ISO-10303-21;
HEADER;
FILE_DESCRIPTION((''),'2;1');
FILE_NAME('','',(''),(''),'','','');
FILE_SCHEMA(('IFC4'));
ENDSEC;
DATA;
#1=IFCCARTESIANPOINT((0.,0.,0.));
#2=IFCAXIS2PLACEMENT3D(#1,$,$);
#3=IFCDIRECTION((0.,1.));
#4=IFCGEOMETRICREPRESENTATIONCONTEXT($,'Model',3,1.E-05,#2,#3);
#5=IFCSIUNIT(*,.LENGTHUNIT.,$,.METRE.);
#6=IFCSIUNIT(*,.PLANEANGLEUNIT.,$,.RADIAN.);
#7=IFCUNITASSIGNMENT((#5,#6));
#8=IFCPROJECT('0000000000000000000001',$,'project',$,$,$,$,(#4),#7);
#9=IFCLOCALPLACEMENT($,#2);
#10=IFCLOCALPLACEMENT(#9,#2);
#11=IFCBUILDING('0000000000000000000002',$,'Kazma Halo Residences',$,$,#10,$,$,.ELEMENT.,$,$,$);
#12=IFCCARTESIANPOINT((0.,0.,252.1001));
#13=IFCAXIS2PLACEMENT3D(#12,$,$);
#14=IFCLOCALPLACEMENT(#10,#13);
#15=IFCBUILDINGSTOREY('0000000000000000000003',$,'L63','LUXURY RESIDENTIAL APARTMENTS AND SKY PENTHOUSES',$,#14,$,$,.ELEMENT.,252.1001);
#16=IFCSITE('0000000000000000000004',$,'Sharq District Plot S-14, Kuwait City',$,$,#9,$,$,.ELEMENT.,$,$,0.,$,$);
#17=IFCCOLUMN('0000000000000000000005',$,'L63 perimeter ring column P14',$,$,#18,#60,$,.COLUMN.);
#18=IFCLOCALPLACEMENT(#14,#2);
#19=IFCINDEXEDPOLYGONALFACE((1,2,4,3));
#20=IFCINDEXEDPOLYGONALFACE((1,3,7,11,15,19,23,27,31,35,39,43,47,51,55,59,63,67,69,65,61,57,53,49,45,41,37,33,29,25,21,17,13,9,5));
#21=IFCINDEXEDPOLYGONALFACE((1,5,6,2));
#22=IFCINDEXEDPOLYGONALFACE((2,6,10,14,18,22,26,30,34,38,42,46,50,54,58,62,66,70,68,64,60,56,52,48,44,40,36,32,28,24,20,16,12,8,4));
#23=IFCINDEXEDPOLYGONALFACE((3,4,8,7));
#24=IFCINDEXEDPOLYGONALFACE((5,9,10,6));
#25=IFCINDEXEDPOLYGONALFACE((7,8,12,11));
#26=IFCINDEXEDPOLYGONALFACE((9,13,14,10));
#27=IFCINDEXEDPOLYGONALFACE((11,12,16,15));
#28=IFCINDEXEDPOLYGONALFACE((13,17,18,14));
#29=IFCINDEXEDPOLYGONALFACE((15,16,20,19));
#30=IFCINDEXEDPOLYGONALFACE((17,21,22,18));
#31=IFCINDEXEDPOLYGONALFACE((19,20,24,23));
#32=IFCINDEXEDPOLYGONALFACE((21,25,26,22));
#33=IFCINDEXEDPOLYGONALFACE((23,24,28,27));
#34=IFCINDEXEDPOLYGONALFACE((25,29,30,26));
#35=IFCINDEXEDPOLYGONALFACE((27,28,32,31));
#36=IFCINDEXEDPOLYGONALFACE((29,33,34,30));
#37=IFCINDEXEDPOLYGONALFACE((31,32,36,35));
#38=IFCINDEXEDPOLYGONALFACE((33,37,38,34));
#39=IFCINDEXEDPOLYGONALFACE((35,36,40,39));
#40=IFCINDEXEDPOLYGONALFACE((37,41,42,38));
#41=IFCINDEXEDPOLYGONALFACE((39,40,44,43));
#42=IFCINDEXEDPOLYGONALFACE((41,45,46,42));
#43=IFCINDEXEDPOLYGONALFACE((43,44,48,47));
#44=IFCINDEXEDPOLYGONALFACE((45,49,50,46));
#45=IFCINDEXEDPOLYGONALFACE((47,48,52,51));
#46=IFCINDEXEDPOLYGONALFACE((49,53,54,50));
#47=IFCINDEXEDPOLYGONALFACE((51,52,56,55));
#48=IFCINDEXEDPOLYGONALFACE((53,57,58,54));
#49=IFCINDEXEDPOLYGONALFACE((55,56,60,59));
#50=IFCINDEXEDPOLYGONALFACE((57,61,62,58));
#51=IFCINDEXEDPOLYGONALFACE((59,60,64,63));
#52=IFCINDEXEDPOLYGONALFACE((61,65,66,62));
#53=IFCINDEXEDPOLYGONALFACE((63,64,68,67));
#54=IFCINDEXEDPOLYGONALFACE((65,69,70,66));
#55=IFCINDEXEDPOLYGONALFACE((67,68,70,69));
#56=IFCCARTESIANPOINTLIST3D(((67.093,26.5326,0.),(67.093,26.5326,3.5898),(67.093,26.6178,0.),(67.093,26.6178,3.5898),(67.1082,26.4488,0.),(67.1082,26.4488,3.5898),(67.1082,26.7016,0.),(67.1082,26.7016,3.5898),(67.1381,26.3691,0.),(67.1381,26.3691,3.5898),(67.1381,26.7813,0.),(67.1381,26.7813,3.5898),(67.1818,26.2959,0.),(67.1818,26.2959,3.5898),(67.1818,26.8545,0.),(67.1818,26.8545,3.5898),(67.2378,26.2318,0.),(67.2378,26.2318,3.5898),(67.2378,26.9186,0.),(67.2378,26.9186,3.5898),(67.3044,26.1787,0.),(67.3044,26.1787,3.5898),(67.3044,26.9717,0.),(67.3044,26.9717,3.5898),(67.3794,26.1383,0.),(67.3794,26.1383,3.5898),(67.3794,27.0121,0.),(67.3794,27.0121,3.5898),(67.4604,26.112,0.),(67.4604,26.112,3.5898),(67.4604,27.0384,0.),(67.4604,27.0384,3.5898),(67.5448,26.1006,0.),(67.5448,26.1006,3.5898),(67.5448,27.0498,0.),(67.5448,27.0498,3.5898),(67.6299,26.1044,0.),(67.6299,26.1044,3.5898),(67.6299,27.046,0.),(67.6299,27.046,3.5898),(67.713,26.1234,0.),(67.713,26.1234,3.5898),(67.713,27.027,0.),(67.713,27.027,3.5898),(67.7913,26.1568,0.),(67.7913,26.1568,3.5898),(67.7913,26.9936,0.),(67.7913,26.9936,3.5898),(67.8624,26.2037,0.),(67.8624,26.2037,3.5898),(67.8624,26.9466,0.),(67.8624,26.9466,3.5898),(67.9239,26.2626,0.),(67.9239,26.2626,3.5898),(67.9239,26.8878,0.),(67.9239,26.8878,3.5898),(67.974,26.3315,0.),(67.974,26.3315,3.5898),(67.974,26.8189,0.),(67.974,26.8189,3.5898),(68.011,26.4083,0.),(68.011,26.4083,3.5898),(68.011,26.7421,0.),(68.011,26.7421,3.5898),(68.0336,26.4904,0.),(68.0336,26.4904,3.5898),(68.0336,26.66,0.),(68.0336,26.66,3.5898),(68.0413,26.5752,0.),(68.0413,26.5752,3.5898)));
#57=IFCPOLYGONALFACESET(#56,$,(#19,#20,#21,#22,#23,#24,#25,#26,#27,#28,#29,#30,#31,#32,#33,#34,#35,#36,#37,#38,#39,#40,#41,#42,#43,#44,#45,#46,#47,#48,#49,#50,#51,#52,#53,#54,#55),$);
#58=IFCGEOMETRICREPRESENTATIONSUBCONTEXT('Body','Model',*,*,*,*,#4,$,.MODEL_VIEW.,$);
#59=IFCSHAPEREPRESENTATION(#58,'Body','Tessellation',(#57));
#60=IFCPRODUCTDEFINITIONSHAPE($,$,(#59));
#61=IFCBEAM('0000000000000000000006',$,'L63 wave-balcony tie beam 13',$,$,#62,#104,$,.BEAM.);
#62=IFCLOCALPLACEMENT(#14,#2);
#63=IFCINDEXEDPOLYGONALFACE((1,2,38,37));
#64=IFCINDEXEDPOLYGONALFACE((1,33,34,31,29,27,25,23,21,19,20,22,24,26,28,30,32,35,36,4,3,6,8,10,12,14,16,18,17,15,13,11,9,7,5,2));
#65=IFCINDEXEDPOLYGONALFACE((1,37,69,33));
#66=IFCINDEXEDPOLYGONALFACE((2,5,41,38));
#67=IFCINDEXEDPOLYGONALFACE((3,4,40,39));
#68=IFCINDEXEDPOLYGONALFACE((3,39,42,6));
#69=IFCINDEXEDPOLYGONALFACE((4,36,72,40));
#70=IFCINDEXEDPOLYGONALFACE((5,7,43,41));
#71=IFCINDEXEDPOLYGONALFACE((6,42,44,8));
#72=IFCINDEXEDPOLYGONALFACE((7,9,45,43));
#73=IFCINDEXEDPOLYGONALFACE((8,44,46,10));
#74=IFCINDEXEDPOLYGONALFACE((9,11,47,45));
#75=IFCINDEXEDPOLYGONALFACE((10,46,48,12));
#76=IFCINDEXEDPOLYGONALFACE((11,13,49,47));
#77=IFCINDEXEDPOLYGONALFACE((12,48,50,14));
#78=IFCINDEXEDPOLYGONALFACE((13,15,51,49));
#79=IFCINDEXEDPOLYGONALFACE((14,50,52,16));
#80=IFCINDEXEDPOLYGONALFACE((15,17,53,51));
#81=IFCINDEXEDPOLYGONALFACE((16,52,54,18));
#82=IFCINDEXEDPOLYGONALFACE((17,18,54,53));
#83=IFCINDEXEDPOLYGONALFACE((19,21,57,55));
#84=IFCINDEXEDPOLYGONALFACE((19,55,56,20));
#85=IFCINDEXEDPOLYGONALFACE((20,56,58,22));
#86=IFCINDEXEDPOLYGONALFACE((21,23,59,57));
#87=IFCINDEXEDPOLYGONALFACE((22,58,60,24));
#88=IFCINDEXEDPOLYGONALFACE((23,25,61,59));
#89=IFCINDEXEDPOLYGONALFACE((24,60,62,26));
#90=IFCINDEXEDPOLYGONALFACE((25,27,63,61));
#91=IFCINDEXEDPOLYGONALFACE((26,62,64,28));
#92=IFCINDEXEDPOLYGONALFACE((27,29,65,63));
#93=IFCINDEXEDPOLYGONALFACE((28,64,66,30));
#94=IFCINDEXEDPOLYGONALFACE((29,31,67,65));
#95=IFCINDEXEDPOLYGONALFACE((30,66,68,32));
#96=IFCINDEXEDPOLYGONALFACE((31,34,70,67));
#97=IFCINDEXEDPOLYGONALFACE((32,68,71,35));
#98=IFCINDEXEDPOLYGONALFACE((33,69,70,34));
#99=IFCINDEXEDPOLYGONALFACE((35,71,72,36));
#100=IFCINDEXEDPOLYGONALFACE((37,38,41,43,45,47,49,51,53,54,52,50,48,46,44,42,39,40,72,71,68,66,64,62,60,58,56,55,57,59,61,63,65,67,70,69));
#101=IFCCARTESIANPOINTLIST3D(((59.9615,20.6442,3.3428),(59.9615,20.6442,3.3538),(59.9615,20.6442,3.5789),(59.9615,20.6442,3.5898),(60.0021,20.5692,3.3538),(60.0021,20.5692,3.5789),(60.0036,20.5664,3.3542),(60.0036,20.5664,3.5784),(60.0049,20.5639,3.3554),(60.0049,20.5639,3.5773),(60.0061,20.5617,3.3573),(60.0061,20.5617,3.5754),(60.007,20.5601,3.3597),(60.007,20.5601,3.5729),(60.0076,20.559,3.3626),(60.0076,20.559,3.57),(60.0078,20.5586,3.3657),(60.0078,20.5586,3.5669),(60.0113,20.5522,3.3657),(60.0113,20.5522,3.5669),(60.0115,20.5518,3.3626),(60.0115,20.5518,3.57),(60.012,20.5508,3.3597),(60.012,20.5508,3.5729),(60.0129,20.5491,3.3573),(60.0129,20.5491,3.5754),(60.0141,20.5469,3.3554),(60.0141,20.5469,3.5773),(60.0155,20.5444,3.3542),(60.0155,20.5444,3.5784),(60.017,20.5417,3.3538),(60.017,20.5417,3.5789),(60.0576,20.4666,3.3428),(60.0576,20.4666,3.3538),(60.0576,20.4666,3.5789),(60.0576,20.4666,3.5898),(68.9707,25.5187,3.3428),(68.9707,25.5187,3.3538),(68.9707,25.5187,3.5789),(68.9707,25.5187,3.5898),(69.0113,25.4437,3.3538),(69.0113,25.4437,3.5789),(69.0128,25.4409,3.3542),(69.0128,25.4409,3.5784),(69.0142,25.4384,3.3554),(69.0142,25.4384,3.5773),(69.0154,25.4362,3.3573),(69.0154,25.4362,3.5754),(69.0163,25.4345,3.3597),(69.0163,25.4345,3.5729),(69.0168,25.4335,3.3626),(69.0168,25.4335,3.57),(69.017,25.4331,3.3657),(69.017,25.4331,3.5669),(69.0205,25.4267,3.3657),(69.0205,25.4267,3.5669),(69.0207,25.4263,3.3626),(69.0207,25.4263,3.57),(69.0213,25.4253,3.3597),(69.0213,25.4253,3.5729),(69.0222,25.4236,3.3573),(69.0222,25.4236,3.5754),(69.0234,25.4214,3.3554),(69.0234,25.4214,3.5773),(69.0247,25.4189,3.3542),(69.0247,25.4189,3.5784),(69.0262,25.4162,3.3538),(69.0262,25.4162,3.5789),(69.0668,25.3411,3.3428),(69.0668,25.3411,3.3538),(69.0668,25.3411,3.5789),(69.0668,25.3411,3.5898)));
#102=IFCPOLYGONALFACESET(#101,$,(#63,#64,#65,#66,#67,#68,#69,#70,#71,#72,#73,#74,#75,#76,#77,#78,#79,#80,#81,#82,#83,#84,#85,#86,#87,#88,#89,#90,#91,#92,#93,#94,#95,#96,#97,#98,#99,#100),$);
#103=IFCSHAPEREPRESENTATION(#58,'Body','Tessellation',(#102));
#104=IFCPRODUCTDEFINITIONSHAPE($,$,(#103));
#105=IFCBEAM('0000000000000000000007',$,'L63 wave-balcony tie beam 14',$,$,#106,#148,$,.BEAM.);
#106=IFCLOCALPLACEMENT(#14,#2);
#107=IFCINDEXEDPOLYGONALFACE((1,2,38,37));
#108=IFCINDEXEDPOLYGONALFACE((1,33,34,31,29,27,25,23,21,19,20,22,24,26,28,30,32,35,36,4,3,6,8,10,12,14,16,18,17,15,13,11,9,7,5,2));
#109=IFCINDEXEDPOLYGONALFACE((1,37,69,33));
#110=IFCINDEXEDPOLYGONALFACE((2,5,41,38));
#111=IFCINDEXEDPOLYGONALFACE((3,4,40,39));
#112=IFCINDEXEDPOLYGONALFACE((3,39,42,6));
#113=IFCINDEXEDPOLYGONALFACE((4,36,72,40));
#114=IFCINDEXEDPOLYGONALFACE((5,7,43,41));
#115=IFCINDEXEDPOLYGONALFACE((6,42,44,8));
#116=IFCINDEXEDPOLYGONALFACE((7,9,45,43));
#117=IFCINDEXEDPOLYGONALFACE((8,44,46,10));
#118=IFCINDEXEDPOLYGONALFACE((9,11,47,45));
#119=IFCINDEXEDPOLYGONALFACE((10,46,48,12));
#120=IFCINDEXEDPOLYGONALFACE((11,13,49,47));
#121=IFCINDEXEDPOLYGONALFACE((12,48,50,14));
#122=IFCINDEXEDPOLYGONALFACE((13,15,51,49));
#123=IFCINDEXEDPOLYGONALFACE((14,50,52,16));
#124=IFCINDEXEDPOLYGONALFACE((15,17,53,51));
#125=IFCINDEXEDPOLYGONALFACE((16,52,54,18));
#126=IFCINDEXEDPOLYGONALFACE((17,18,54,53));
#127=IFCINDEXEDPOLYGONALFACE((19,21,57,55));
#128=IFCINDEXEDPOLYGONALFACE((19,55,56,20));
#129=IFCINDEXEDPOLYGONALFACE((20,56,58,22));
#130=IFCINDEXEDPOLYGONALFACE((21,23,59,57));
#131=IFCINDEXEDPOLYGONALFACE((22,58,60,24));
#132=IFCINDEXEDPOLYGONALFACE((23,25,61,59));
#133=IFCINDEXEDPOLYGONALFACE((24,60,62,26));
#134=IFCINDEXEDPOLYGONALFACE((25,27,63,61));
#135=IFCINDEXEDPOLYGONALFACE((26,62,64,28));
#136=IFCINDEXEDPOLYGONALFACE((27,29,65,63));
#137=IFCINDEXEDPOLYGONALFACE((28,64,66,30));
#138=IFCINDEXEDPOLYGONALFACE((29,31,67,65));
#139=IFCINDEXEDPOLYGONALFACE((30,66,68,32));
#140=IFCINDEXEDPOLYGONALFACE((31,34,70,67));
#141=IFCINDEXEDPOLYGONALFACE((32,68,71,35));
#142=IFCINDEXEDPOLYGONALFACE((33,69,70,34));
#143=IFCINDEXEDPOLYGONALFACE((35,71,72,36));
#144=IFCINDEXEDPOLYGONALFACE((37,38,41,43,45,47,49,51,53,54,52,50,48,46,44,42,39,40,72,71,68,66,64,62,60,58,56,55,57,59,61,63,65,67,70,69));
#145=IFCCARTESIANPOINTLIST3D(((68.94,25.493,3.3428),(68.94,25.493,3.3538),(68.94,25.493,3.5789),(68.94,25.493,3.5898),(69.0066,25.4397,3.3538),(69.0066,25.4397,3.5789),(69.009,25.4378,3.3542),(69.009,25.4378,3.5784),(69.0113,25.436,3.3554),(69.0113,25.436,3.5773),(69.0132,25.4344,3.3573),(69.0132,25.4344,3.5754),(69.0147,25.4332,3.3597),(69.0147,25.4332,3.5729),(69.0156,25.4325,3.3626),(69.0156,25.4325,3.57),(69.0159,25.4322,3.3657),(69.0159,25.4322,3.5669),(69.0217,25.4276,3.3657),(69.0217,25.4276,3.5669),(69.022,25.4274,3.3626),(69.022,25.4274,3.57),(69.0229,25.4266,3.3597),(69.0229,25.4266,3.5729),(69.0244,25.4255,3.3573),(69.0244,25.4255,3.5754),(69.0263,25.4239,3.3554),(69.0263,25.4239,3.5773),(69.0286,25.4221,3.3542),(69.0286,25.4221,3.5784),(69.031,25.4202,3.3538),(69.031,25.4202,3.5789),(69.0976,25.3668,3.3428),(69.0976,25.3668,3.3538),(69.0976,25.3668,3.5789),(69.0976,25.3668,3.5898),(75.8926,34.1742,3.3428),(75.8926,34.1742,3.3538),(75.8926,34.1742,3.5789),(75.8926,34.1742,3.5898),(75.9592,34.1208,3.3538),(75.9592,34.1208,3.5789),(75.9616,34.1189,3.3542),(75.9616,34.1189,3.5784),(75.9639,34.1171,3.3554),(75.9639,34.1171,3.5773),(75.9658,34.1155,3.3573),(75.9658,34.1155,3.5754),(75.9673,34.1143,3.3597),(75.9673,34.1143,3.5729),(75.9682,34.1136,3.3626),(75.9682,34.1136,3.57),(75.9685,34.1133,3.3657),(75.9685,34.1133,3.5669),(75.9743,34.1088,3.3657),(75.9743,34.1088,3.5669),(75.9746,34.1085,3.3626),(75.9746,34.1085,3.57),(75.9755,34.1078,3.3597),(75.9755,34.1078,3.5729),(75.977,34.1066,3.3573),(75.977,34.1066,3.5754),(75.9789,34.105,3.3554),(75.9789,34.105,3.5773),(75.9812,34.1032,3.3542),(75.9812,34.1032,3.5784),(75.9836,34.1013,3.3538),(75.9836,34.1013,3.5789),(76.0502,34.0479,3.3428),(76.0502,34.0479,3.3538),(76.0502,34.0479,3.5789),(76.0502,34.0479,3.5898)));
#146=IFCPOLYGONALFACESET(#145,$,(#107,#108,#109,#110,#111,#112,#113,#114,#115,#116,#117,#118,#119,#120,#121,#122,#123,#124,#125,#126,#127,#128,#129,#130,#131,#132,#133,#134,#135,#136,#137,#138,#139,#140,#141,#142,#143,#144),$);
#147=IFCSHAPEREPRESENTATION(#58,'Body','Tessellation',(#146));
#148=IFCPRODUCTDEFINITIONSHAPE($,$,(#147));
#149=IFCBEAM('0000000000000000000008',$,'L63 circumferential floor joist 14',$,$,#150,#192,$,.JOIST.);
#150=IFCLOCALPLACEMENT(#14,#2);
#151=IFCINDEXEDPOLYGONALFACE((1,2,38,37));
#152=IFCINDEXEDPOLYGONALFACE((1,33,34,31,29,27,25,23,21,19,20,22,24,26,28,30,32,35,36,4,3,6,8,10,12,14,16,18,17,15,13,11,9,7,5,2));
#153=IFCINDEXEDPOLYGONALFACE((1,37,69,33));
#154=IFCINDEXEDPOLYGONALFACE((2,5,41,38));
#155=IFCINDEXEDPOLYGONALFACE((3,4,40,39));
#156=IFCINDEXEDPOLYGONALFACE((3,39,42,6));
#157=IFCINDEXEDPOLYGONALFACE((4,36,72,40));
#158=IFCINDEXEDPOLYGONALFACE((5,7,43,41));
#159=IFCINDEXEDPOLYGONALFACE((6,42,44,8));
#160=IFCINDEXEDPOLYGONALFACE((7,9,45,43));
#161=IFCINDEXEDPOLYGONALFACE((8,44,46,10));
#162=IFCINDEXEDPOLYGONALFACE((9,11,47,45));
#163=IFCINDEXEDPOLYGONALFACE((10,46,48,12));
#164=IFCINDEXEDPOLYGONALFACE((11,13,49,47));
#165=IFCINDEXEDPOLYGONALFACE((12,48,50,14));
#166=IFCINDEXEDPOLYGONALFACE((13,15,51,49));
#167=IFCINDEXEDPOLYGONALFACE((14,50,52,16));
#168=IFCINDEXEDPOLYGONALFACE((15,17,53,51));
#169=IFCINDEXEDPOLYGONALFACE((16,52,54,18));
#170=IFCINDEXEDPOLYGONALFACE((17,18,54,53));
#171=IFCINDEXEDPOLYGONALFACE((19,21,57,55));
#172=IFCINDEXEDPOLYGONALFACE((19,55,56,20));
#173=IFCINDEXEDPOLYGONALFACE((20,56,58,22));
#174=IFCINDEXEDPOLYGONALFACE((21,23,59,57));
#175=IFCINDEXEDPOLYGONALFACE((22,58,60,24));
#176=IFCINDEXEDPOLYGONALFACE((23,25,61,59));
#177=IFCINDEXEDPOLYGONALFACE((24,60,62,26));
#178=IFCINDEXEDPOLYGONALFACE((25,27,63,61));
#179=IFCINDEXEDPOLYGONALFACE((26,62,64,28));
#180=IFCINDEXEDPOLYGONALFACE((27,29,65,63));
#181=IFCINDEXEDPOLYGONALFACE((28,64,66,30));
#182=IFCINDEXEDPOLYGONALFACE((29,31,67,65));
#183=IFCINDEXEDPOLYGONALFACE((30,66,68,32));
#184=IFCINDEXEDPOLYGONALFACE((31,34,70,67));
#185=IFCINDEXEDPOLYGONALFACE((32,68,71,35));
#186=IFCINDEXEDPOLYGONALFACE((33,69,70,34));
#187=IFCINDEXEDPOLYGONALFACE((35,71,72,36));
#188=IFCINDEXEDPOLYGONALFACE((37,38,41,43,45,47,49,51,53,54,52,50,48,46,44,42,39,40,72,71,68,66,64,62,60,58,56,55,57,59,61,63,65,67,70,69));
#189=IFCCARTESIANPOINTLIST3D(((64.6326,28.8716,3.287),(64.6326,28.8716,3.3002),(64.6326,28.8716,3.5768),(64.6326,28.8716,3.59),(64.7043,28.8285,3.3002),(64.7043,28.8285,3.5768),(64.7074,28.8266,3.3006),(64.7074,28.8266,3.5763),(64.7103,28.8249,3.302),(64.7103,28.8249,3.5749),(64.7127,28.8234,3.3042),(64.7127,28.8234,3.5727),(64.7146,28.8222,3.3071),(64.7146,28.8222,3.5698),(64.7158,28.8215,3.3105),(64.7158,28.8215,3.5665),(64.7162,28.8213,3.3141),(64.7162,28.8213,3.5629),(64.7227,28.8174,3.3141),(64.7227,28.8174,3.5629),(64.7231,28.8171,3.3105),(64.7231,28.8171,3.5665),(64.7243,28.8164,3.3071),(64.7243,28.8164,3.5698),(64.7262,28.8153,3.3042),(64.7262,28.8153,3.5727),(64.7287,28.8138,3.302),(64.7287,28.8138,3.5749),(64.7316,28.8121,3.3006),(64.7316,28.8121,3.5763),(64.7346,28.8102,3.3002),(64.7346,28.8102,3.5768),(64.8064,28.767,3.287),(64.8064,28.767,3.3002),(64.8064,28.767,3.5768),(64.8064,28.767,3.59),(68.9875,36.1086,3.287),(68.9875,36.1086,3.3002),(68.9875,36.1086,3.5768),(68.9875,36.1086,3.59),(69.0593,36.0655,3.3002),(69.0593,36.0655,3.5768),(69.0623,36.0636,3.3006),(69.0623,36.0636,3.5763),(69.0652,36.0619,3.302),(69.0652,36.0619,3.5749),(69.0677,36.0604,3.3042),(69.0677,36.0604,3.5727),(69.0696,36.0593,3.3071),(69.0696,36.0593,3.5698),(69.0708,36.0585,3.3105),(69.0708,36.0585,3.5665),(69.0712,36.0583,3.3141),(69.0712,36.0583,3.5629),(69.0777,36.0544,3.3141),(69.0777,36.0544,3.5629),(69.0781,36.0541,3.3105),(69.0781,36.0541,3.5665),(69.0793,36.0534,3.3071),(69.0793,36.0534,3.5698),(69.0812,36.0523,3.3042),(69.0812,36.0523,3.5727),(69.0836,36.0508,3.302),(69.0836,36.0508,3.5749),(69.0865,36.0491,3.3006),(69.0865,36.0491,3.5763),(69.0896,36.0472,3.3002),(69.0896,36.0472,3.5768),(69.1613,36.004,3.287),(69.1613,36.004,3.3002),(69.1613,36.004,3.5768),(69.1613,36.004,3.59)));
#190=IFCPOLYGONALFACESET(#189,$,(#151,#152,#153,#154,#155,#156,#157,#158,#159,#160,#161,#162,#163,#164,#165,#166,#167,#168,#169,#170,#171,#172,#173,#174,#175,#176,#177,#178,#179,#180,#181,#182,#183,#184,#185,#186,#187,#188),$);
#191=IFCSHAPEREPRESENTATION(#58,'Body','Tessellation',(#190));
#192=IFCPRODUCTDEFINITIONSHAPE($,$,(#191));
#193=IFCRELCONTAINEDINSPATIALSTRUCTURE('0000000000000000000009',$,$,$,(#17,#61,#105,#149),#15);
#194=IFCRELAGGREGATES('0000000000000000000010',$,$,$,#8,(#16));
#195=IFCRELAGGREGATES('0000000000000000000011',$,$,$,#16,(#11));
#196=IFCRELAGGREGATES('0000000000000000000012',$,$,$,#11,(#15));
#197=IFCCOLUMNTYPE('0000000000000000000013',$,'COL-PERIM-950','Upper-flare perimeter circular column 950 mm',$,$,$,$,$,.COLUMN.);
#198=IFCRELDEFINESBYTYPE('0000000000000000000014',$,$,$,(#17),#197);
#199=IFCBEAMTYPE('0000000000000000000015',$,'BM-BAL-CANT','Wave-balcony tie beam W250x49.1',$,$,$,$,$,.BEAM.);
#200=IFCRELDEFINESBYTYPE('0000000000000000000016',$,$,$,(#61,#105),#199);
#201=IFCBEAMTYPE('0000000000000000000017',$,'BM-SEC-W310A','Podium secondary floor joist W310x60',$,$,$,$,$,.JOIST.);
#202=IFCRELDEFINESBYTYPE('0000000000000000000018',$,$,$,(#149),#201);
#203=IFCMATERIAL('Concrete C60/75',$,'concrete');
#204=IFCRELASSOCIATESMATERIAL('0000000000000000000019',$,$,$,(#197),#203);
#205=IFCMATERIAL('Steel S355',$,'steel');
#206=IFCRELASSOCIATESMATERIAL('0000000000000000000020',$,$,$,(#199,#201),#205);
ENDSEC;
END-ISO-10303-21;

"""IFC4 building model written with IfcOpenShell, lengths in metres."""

from ifc_helpers import new_model, si_unit, direction, frame, origin, origin_2d, place, context, subcontext, project, spatial, circle, i_section, extrude, material, material_profile, profile_set, type_object, element, save


model = new_model("IFC4")

# Units and contexts
model_context = context("Model", 3, precision=1e-05, world=origin(), true_north=direction((0.0, 1.0)))
body_context = subcontext(model_context, "Body", "Model", "MODEL_VIEW")
ifc_project = project(units=[si_unit("LENGTHUNIT", "METRE"), si_unit("PLANEANGLEUNIT", "RADIAN")], contexts=[model_context])

# Site, building, storey
site_placement = place(None, origin())
site = spatial("IfcSite", under=ifc_project, at=site_placement, Name="Sharq District Plot S-14, Kuwait City", CompositionType="ELEMENT", RefElevation=0.0)
building_placement = place(site_placement, origin())
building = spatial("IfcBuilding", under=site, at=building_placement, Name="Kazma Halo Residences", CompositionType="ELEMENT")
storey_placement = place(building_placement, frame((0.0, 0.0, 252.1001)))
storey = spatial("IfcBuildingStorey", under=building, at=storey_placement, Name="L63", Description="LUXURY RESIDENTIAL APARTMENTS AND SKY PENTHOUSES", CompositionType="ELEMENT", Elevation=252.1001)

# Column
ifc_material_1 = material(Name="Concrete C60/75", Category="concrete")
ifc_material_profile_1 = material_profile(ifc_material_1, circle(Radius=0.4751, at=origin_2d()), Name="CIRC950")
ifc_profile_set_1 = profile_set([ifc_material_profile_1], Name="Concrete C60/75")
column_type = type_object("IfcColumnType", Name="COL-PERIM-950", Description="Upper-flare perimeter circular column 950 mm", PredefinedType="COLUMN", material=ifc_profile_set_1)
column_placement = place(storey_placement, frame((67.5662, 26.5752, 0.0), z_axis=(0.0, 0.0, 1.0), x_axis=(1.0, 0.0, 0.0)))
element("IfcColumn", 1, at=column_placement, inside=storey, type_object=column_type, Name="L63 perimeter ring column P14", PredefinedType="COLUMN", context=body_context, shape_type="SweptSolid", body=[
    extrude(circle(Radius=0.4751, at=origin_2d()), origin(), (0.0, 0.0, 1.0), 3.5898),
])

# Beams
ifc_material_2 = material(Name="Steel S355", Category="steel")
ifc_material_profile_2 = material_profile(ifc_material_2, i_section(OverallWidth=0.2019, OverallDepth=0.2471, WebThickness=0.0073, FlangeThickness=0.011, FilletRadius=0.012, at=origin_2d()), Name="W250x49.1")
ifc_profile_set_2 = profile_set([ifc_material_profile_2], Name="Steel S355")
beam_type_1 = type_object("IfcBeamType", Name="BM-BAL-CANT", Description="Wave-balcony tie beam W250x49.1", PredefinedType="BEAM", material=ifc_profile_set_2)
beam_1_placement = place(storey_placement, frame((60.0095, 20.5554, 3.4663), z_axis=(0.879517, 0.475867, 0.0), x_axis=(-0.475867, 0.879517, 0.0)))
element("IfcBeam", 2, at=beam_1_placement, inside=storey, type_object=beam_type_1, Name="L63 wave-balcony tie beam 13", PredefinedType="BEAM", context=body_context, shape_type="SweptSolid", body=[
    extrude(i_section(OverallWidth=0.2019, OverallDepth=0.2471, WebThickness=0.0073, FlangeThickness=0.011, FilletRadius=0.012, at=origin_2d()), origin(), (0.0, 0.0, 1.0), 10.2434),
])
beam_2_placement = place(storey_placement, frame((69.0188, 25.4299, 3.4663), z_axis=(0.625118, 0.78053, 0.0), x_axis=(-0.78053, 0.625118, 0.0)))
element("IfcBeam", 3, at=beam_2_placement, inside=storey, type_object=beam_type_1, Name="L63 wave-balcony tie beam 14", PredefinedType="BEAM", context=body_context, shape_type="SweptSolid", body=[
    extrude(i_section(OverallWidth=0.2019, OverallDepth=0.2471, WebThickness=0.0073, FlangeThickness=0.011, FilletRadius=0.012, at=origin_2d()), origin(), (0.0, 0.0, 1.0), 11.1221),
])
ifc_material_profile_3 = material_profile(ifc_material_2, i_section(OverallWidth=0.2029, OverallDepth=0.303, WebThickness=0.0076, FlangeThickness=0.0132, FilletRadius=0.0139, at=origin_2d()), Name="W310x60")
ifc_profile_set_3 = profile_set([ifc_material_profile_3], Name="Steel S355")
beam_type_2 = type_object("IfcBeamType", Name="BM-SEC-W310A", Description="Podium secondary floor joist W310x60", PredefinedType="JOIST", material=ifc_profile_set_3)
beam_3_placement = place(storey_placement, frame((64.7195, 28.8193, 3.4385), z_axis=(0.515605, 0.856827, 0.0), x_axis=(-0.856827, 0.515605, 0.0)))
element("IfcBeam", 4, at=beam_3_placement, inside=storey, type_object=beam_type_2, Name="L63 circumferential floor joist 14", PredefinedType="JOIST", context=body_context, shape_type="SweptSolid", body=[
    extrude(i_section(OverallWidth=0.2029, OverallDepth=0.303, WebThickness=0.0076, FlangeThickness=0.0132, FilletRadius=0.0139, at=origin_2d()), origin(), (0.0, 0.0, 1.0), 8.4463),
])

save(model, "model.ifc")
